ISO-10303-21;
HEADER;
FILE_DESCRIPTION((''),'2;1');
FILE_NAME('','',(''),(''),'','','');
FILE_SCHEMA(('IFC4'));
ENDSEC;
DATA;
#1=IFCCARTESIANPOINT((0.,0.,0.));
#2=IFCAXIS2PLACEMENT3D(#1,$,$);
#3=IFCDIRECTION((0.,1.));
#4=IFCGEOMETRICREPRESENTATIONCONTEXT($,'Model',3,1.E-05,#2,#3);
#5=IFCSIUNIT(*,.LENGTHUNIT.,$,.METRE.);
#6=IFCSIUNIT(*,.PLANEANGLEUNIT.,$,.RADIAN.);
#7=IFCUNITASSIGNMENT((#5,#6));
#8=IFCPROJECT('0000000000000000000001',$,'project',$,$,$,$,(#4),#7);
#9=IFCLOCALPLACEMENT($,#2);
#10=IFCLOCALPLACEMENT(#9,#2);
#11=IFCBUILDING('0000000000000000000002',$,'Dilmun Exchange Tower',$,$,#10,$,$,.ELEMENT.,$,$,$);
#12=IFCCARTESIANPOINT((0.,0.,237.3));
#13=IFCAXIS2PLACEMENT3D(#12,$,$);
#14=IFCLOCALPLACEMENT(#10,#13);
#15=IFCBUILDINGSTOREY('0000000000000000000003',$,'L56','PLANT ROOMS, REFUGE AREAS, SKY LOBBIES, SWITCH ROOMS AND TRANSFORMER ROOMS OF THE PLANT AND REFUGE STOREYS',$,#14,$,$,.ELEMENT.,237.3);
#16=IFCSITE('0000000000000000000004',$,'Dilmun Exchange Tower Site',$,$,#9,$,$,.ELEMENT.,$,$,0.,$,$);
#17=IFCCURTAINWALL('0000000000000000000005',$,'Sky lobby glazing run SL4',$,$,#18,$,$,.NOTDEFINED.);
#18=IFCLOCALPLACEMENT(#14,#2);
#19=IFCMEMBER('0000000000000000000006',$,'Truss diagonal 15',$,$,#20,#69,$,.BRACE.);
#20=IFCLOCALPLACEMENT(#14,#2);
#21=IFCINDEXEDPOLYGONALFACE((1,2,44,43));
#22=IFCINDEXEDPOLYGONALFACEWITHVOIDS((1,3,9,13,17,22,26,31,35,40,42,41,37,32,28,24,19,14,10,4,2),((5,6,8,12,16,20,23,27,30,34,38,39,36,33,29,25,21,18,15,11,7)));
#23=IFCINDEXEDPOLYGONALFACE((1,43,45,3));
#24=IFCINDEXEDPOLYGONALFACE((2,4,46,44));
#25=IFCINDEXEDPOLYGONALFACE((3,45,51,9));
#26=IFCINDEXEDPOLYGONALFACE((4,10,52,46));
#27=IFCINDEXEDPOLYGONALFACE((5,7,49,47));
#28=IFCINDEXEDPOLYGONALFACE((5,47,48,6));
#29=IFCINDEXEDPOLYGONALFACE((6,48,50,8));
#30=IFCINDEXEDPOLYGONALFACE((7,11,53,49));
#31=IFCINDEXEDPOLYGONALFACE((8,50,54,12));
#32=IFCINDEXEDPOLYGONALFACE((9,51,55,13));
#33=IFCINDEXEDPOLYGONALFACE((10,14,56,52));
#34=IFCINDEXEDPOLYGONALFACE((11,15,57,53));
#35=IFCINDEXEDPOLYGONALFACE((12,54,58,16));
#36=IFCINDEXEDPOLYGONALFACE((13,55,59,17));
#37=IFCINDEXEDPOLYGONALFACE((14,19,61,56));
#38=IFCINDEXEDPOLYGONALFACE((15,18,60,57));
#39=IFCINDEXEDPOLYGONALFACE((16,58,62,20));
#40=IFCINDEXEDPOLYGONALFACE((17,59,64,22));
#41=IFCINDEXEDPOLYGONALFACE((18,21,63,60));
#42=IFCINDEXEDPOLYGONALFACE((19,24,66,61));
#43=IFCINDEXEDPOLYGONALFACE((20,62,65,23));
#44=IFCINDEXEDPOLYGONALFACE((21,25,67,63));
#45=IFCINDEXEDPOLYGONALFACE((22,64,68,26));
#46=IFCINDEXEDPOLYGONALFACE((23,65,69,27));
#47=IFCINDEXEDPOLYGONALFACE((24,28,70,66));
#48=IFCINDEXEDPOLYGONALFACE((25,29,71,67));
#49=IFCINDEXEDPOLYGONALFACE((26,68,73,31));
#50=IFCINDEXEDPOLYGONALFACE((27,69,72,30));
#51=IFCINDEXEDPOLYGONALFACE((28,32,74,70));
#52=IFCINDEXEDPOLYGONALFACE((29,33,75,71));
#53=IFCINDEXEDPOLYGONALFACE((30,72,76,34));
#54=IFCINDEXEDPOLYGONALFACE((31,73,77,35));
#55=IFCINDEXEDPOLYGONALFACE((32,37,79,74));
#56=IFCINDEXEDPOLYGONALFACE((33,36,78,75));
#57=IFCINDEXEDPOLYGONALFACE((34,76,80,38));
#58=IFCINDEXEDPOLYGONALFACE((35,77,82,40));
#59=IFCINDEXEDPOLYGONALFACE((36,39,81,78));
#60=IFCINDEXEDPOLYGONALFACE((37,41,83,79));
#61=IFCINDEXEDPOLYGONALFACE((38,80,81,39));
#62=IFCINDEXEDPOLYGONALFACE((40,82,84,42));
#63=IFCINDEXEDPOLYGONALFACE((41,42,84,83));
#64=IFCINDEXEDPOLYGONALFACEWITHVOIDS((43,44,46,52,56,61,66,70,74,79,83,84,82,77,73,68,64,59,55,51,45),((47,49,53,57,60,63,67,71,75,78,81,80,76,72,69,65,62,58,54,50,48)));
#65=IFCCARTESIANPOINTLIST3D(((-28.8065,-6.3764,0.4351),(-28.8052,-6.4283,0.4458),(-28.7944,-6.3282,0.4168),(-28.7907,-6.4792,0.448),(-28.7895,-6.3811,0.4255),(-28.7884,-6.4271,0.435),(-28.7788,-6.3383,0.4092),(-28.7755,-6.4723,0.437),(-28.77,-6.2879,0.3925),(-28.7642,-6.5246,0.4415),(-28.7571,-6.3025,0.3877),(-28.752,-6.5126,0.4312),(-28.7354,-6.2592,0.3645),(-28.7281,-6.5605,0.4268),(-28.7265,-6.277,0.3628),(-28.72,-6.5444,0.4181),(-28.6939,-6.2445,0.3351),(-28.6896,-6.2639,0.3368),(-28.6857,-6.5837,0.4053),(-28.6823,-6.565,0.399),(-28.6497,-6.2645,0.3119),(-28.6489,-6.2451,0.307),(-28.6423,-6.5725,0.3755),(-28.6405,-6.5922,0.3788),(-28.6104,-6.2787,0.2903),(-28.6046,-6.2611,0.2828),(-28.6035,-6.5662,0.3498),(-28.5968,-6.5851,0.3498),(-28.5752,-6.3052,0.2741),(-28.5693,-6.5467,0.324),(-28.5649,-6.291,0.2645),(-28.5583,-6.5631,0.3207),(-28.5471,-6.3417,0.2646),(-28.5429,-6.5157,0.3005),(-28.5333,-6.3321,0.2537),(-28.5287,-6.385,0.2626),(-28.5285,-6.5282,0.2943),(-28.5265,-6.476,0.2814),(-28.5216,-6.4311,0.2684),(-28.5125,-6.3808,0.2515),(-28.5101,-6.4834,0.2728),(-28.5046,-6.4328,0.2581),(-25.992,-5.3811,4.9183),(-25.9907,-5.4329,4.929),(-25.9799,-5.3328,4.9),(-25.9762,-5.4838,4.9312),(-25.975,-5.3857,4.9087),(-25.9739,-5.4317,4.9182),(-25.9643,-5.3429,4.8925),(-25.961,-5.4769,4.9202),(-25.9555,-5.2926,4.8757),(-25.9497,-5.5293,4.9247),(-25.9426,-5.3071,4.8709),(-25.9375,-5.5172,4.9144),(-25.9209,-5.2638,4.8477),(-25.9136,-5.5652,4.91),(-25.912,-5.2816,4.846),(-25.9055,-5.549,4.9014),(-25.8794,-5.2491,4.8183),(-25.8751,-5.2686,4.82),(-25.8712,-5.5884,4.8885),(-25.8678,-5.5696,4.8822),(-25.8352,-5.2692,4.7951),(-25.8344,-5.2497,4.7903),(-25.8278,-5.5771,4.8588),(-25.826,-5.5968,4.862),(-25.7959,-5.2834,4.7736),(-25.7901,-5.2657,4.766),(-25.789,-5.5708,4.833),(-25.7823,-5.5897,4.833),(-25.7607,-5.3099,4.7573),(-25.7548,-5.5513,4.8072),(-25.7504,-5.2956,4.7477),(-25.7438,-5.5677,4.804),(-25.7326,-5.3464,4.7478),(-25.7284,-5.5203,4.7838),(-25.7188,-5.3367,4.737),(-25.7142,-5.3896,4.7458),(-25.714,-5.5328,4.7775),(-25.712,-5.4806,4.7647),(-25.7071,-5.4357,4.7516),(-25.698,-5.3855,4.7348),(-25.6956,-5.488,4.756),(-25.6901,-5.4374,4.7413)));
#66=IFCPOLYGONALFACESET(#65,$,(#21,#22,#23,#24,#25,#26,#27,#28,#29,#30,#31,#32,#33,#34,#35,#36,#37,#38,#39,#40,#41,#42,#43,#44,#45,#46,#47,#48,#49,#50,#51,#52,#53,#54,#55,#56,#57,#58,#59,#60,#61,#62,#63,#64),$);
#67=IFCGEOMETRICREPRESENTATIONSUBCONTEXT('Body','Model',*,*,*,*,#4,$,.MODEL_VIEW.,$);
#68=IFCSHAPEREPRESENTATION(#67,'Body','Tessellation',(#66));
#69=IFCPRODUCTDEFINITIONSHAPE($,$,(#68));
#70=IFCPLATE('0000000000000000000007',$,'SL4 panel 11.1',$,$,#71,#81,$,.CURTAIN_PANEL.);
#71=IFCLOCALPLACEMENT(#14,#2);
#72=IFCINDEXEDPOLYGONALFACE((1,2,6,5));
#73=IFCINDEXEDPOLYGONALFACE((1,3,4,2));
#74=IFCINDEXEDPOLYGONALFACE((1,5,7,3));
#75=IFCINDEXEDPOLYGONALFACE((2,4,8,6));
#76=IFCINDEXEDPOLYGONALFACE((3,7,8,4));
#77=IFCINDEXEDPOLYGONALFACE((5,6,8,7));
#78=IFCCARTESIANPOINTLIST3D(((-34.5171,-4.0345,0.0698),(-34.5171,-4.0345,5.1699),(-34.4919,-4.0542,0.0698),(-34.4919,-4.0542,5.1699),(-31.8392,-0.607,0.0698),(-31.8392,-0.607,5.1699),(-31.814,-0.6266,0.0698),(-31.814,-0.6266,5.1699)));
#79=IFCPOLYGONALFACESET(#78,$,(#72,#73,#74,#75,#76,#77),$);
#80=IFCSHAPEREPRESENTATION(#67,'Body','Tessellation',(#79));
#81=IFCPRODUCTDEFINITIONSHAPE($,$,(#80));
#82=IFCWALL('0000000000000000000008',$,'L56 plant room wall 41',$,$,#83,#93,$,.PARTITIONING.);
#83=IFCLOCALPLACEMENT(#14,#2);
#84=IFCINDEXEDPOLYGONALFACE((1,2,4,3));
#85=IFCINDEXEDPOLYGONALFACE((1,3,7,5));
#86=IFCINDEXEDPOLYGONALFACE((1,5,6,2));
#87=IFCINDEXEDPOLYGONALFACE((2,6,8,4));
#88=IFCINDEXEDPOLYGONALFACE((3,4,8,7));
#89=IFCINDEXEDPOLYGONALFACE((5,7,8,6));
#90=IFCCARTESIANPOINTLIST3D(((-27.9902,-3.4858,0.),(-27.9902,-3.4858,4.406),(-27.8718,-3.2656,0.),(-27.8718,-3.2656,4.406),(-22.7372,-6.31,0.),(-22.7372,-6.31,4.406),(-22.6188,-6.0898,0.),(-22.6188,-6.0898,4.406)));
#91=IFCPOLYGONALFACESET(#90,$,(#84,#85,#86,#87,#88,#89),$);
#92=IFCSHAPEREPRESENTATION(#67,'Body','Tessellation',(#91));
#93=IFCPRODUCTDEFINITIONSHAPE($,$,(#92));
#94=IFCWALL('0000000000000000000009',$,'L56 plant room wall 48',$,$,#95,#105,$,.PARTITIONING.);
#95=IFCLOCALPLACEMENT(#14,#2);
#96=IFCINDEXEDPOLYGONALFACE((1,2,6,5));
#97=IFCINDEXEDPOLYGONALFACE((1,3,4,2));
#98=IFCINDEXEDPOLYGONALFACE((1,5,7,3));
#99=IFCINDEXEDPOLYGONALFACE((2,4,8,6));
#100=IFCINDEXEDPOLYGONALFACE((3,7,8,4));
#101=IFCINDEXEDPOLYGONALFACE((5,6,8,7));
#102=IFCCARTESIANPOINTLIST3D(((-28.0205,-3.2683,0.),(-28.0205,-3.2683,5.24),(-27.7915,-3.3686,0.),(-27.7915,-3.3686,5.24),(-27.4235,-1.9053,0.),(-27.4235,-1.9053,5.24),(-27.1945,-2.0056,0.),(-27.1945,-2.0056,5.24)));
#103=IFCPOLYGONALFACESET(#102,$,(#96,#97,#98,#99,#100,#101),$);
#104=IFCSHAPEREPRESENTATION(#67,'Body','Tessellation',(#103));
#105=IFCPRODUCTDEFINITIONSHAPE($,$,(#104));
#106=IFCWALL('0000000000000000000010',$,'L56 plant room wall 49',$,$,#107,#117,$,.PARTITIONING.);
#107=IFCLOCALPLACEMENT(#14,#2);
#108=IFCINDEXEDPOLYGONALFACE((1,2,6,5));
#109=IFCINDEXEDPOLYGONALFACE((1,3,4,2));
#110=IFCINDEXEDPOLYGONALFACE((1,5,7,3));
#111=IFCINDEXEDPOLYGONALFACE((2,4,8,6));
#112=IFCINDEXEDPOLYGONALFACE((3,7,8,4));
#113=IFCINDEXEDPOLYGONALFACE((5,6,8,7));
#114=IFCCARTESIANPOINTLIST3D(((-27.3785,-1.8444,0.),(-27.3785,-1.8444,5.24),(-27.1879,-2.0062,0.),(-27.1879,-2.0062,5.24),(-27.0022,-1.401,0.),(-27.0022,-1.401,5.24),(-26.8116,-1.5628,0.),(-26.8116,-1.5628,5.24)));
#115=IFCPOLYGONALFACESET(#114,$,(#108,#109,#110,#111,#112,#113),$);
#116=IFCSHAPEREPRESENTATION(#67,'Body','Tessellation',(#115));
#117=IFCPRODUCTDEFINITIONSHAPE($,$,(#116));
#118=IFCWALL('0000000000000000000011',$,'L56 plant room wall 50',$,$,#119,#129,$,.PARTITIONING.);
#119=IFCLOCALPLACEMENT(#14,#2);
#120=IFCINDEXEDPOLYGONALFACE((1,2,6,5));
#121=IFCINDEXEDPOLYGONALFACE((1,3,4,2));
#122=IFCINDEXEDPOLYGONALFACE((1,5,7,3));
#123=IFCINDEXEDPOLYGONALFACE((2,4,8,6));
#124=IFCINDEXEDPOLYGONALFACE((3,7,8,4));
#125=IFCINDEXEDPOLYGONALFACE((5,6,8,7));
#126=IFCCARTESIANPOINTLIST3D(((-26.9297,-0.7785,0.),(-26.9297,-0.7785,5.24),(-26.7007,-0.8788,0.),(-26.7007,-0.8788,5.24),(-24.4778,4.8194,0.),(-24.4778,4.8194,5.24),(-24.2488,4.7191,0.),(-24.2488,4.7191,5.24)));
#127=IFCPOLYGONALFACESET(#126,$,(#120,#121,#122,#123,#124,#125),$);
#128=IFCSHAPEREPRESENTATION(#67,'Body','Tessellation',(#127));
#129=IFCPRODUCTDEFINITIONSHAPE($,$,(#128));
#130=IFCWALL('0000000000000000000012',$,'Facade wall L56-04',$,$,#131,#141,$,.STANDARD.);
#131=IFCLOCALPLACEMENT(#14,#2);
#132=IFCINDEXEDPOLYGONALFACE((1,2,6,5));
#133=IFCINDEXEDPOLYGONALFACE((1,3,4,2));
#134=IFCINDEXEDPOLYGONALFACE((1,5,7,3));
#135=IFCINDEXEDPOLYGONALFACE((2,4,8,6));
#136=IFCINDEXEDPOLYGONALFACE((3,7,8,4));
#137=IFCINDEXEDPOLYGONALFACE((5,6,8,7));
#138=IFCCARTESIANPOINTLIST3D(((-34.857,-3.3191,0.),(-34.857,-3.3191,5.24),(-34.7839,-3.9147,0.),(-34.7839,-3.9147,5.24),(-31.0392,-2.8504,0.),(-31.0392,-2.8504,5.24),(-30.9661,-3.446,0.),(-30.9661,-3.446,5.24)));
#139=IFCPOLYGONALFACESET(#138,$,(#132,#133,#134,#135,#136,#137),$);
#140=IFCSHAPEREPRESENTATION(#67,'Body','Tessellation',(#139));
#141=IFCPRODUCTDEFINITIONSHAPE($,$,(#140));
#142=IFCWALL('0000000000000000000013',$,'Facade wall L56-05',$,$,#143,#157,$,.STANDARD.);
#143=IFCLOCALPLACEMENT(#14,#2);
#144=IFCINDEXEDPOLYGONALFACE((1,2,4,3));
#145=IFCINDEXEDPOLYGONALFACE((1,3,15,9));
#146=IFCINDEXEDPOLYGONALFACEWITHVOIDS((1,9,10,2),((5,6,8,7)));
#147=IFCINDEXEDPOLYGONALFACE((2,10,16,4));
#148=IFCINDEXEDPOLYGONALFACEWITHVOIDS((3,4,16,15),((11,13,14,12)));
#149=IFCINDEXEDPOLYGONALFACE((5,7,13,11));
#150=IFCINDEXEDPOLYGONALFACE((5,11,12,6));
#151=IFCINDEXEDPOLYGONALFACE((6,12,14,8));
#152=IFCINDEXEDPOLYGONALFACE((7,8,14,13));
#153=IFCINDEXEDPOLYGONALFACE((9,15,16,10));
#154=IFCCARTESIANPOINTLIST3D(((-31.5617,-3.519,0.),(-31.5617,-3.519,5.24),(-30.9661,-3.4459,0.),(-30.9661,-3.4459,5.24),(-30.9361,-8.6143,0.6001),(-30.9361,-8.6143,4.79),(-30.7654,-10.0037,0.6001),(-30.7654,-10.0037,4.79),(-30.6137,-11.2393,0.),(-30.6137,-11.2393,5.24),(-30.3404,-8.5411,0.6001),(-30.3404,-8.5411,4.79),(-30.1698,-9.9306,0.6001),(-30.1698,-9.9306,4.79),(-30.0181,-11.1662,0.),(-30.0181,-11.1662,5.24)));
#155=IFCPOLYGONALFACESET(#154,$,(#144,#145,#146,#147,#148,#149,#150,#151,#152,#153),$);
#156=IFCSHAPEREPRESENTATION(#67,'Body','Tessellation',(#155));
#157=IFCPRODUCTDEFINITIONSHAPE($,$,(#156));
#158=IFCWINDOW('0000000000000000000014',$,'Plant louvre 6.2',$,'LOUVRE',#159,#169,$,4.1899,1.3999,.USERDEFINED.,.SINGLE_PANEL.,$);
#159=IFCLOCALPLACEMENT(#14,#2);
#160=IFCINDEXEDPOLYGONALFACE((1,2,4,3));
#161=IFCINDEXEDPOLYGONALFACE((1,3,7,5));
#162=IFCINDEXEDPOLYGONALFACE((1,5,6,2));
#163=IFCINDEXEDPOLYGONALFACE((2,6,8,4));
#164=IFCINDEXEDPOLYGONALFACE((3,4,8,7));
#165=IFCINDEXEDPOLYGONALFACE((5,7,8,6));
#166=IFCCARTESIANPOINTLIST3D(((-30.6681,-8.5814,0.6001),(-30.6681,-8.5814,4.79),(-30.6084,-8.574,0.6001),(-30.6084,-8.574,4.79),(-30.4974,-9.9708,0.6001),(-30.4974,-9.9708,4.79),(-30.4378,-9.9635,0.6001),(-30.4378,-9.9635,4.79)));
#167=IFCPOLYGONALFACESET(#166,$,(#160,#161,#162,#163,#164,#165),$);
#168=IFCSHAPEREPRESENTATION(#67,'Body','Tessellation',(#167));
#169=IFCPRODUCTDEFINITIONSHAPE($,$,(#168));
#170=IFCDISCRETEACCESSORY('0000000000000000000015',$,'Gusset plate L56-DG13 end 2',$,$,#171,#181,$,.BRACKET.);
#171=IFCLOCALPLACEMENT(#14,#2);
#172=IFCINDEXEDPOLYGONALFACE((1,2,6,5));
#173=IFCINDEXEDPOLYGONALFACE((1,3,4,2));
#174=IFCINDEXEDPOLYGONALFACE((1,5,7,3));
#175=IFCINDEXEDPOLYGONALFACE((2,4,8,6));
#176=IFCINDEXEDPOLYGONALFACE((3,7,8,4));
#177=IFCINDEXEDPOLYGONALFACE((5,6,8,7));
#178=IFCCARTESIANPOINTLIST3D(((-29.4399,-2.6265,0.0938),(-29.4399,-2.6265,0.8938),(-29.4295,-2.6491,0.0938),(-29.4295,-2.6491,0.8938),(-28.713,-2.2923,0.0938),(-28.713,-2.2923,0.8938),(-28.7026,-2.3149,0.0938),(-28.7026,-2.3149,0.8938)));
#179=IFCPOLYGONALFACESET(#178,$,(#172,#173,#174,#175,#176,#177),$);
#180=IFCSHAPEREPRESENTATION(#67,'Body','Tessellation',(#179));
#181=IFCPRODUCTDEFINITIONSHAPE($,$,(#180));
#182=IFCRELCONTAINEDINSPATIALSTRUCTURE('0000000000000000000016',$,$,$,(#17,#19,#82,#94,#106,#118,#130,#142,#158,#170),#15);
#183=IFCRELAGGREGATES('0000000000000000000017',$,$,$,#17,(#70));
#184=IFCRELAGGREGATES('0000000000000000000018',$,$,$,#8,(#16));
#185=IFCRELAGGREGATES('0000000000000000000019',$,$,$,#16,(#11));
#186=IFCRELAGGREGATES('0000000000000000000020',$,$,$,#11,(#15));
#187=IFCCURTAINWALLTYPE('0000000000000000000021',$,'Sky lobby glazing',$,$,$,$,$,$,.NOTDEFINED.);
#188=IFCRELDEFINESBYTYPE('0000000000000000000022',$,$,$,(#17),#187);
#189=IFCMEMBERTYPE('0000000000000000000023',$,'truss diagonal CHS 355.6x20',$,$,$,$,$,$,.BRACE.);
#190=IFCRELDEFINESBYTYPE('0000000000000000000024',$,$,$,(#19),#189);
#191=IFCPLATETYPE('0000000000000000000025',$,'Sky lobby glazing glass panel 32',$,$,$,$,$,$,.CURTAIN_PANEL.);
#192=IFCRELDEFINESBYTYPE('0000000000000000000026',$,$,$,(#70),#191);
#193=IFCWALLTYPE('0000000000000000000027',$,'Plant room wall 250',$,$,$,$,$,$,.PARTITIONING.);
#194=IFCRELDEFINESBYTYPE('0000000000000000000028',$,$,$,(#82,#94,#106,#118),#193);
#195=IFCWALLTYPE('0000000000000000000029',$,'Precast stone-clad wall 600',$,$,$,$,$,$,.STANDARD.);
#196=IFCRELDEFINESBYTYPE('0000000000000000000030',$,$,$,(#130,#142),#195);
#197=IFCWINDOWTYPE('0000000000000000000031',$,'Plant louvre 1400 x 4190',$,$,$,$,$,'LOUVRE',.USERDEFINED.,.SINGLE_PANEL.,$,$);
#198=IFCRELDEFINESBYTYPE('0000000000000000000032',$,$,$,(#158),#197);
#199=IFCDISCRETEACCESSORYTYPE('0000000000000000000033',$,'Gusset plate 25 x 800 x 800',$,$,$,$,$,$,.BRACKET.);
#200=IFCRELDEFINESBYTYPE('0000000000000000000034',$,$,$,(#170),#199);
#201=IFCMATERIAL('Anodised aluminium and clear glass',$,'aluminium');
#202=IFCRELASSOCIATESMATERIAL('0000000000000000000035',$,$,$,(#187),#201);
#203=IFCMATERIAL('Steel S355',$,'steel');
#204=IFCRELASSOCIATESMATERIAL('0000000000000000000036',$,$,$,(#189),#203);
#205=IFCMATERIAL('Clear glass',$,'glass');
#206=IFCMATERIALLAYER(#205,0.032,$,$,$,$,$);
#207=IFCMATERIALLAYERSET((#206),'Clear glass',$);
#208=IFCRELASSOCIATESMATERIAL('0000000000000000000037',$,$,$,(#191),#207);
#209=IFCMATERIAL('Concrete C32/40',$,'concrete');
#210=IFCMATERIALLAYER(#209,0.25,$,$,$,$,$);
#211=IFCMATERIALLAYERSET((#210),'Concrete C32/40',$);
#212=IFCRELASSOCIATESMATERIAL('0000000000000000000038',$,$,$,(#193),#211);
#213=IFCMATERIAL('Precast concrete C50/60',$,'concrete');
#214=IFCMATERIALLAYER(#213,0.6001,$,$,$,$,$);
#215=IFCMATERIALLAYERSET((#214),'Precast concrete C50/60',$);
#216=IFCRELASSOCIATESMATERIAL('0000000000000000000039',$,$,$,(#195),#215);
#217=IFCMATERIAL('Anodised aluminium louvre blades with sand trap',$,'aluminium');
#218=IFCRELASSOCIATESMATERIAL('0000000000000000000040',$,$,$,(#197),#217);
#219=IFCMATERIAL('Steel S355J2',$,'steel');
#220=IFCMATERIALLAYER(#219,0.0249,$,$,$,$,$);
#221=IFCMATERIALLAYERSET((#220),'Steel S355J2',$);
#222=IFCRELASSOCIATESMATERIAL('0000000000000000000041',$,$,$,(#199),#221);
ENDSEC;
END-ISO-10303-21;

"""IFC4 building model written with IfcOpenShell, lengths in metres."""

from ifc_helpers import new_model, si_unit, direction, frame, frame_2d, origin, origin_2d, place, context, subcontext, project, spatial, rectangle, hollow_circle, extrude, material, layer, layer_set, material_profile, profile_set, type_object, element, fill, aggregate, save


model = new_model("IFC4")

# Units and contexts
model_context = context("Model", 3, precision=1e-05, world=origin(), true_north=direction((0.0, 1.0)))
body_context = subcontext(model_context, "Body", "Model", "MODEL_VIEW")
ifc_project = project(units=[si_unit("LENGTHUNIT", "METRE"), si_unit("PLANEANGLEUNIT", "RADIAN")], contexts=[model_context])

# Site, building, storey
site_placement = place(None, origin())
site = spatial("IfcSite", under=ifc_project, at=site_placement, Name="Dilmun Exchange Tower Site", CompositionType="ELEMENT", RefElevation=0.0)
building_placement = place(site_placement, origin())
building = spatial("IfcBuilding", under=site, at=building_placement, Name="Dilmun Exchange Tower", CompositionType="ELEMENT")
storey_placement = place(building_placement, frame((0.0, 0.0, 237.3)))
storey = spatial("IfcBuildingStorey", under=building, at=storey_placement, Name="L56", Description="PLANT ROOMS, REFUGE AREAS, SKY LOBBIES, SWITCH ROOMS AND TRANSFORMER ROOMS OF THE PLANT AND REFUGE STOREYS", CompositionType="ELEMENT", Elevation=237.3)

# Curtain wall
ifc_material_1 = material(Name="Anodised aluminium and clear glass", Category="aluminium")
curtain_wall_type = type_object("IfcCurtainWallType", Name="Sky lobby glazing", PredefinedType="NOTDEFINED", material=ifc_material_1)
curtain_wall_placement = place(storey_placement, origin())
curtain_wall = element("IfcCurtainWall", 1, at=curtain_wall_placement, inside=storey, type_object=curtain_wall_type, Name="Sky lobby glazing run SL4", PredefinedType="NOTDEFINED")

# Shared definitions
ifc_material_2 = material(Name="Steel S355", Category="steel")

# Member
ifc_material_profile_1 = material_profile(ifc_material_2, hollow_circle(Radius=0.1777, WallThickness=0.02, at=origin_2d()), Name="CHS 355.6x20")
ifc_profile_set_1 = profile_set([ifc_material_profile_1], Name="Steel S355")
member_type_1 = type_object("IfcMemberType", Name="truss diagonal CHS 355.6x20", PredefinedType="BRACE", material=ifc_profile_set_1)
member_1_placement = place(storey_placement, frame((-25.8416, -5.4221, 4.833), z_axis=(-0.522536, -0.1848, -0.832349), x_axis=(0.333423, -0.942777, 0.0)))
element("IfcMember", 2, at=member_1_placement, inside=storey, type_object=member_type_1, Name="Truss diagonal 15", PredefinedType="BRACE", context=body_context, shape_type="SweptSolid", body=[
    extrude(hollow_circle(Radius=0.1777, WallThickness=0.02, at=origin_2d()), origin(), (0.0, 0.0, 1.0), 5.3862),
])

# Plate
ifc_material_3 = material(Name="Clear glass", Category="glass")
ifc_layer_1 = layer(ifc_material_3, 0.032)
ifc_layer_set_1 = layer_set([ifc_layer_1], Name="Clear glass")
plate_type = type_object("IfcPlateType", Name="Sky lobby glazing glass panel 32", PredefinedType="CURTAIN_PANEL", material=ifc_layer_set_1)
plate_placement = place(storey_placement, frame((-33.1655, -2.3306, 0.0698), z_axis=(0.0, 0.0, 1.0), x_axis=(-0.615662, -0.788011, 0.0)))
plate = element("IfcPlate", 3, at=plate_placement, type_object=plate_type, Name="SL4 panel 11.1", PredefinedType="CURTAIN_PANEL", context=body_context, shape_type="SweptSolid", body=[
    extrude(rectangle(XDim=4.3496, YDim=0.032, at=origin_2d()), origin(), (0.0, 0.0, 1.0), 5.1001),
])
aggregate(curtain_wall, [plate])

# Walls
ifc_material_4 = material(Name="Concrete C32/40", Category="concrete")
ifc_layer_2 = layer(ifc_material_4, 0.25)
ifc_layer_set_2 = layer_set([ifc_layer_2], Name="Concrete C32/40")
wall_type_1 = type_object("IfcWallType", Name="Plant room wall 250", PredefinedType="PARTITIONING", material=ifc_layer_set_2)
wall_1_placement = place(storey_placement, frame((-27.9309, -3.3757, 0.0), z_axis=(0.0, 0.0, 1.0), x_axis=(0.880771, -0.473543, 0.0)))
element("IfcWall", 4, at=wall_1_placement, inside=storey, type_object=wall_type_1, Name="L56 plant room wall 41", PredefinedType="PARTITIONING", context=body_context, shape_type="SweptSolid", body=[
    extrude(rectangle(XDim=5.9641, YDim=0.25, at=frame_2d((2.9819, 0.0))), origin(), (0.0, 0.0, 1.0), 4.406),
])
wall_2_placement = place(storey_placement, frame((-27.906, -3.3186, 0.0), z_axis=(0.0, 0.0, 1.0), x_axis=(0.401154, 0.91601, 0.0)))
element("IfcWall", 5, at=wall_2_placement, inside=storey, type_object=wall_type_1, Name="L56 plant room wall 48", PredefinedType="PARTITIONING", context=body_context, shape_type="SweptSolid", body=[
    extrude(rectangle(XDim=1.488, YDim=0.25, at=frame_2d((0.7441, 0.0))), origin(), (0.0, 0.0, 1.0), 5.24),
])
wall_3_placement = place(storey_placement, frame((-27.2832, -1.9253, 0.0), z_axis=(0.0, 0.0, 1.0), x_axis=(0.647014, 0.762478, 0.0)))
element("IfcWall", 6, at=wall_3_placement, inside=storey, type_object=wall_type_1, Name="L56 plant room wall 49", PredefinedType="PARTITIONING", context=body_context, shape_type="SweptSolid", body=[
    extrude(rectangle(XDim=0.5815, YDim=0.25, at=frame_2d((0.2908, 0.0))), origin(), (0.0, 0.0, 1.0), 5.24),
])
wall_4_placement = place(storey_placement, frame((-26.8152, -0.8286, 0.0), z_axis=(0.0, 0.0, 1.0), x_axis=(0.401206, 0.915988, 0.0)))
element("IfcWall", 7, at=wall_4_placement, inside=storey, type_object=wall_type_1, Name="L56 plant room wall 50", PredefinedType="PARTITIONING", context=body_context, shape_type="SweptSolid", body=[
    extrude(rectangle(XDim=6.1113, YDim=0.25, at=frame_2d((3.0557, 0.0))), origin(), (0.0, 0.0, 1.0), 5.24),
])
ifc_material_5 = material(Name="Precast concrete C50/60", Category="concrete")
ifc_layer_3 = layer(ifc_material_5, 0.6001)
ifc_layer_set_3 = layer_set([ifc_layer_3], Name="Precast concrete C50/60")
wall_type_2 = type_object("IfcWallType", Name="Precast stone-clad wall 600", PredefinedType="STANDARD", material=ifc_layer_set_3)
wall_5_placement = place(storey_placement, frame((-34.8206, -3.6169, 0.0), z_axis=(0.0, 0.0, 1.0), x_axis=(0.992547, 0.121863, 0.0)))
element("IfcWall", 8, at=wall_5_placement, inside=storey, type_object=wall_type_2, Name="Facade wall L56-04", PredefinedType="STANDARD", context=body_context, shape_type="SweptSolid", body=[
    extrude(rectangle(XDim=3.8464, YDim=0.6001, at=frame_2d((1.9233, 0.0))), origin(), (0.0, 0.0, 1.0), 5.24),
])

# Wall, opening, window
wall_6_placement = place(storey_placement, frame((-31.2639, -3.4824, 0.0), z_axis=(0.0, 0.0, 1.0), x_axis=(0.121879, -0.992545, 0.0)))
wall_6 = element("IfcWall", 9, at=wall_6_placement, inside=storey, type_object=wall_type_2, Name="Facade wall L56-05", PredefinedType="STANDARD", context=body_context, shape_type="SweptSolid", body=[
    extrude(rectangle(XDim=7.7783, YDim=0.6001, at=frame_2d((3.8892, 0.0))), origin(), (0.0, 0.0, 1.0), 5.24),
])
opening_placement = place(wall_6_placement, frame((5.1335, 0.0, 0.6001)))
opening = element("IfcOpeningElement", 10, at=opening_placement, cuts=wall_6, PredefinedType="OPENING", context=body_context, shape_type="SweptSolid", body=[
    extrude(rectangle(XDim=1.3999, YDim=4.1899, at=frame_2d((0.7, 2.095))), frame((0.0, 0.3101, 0.0), z_axis=(0.0, -1.0, 0.0), x_axis=(1.0, 0.0, 0.0)), (0.0, 0.0, 1.0), 0.6201),
])
ifc_material_6 = material(Name="Anodised aluminium louvre blades with sand trap", Category="aluminium")
window_type = type_object("IfcWindowType", Name="Plant louvre 1400 x 4190", ElementType="LOUVRE", PartitioningType="SINGLE_PANEL", PredefinedType="USERDEFINED", material=ifc_material_6)
window_placement = place(opening_placement, origin())
window = element("IfcWindow", 11, at=window_placement, inside=storey, type_object=window_type, Name="Plant louvre 6.2", ObjectType="LOUVRE", OverallHeight=4.1899, OverallWidth=1.3999, PartitioningType="SINGLE_PANEL", PredefinedType="USERDEFINED", context=body_context, shape_type="SweptSolid", body=[
    extrude(rectangle(XDim=1.3999, YDim=4.1899, at=frame_2d((0.7, 2.095))), frame((0.0, 0.03, 0.0), z_axis=(0.0, -1.0, 0.0), x_axis=(1.0, 0.0, 0.0)), (0.0, 0.0, 1.0), 0.0601),
])
fill(opening, window)

# Discrete accessory
ifc_material_7 = material(Name="Steel S355J2", Category="steel")
ifc_layer_4 = layer(ifc_material_7, 0.0249)
ifc_layer_set_4 = layer_set([ifc_layer_4], Name="Steel S355J2")
discrete_accessory_type = type_object("IfcDiscreteAccessoryType", Name="Gusset plate 25 x 800 x 800", PredefinedType="BRACKET", material=ifc_layer_set_4)
for number, where, z_axis, x_axis, name in (
    (12, (-29.0713, -2.4707, 0.0938), (0.0, 0.0, 1.0), (-0.90858, -0.417712, 0.0), "Gusset plate L56-DG13 end 2"),
):
    element("IfcDiscreteAccessory", number, at=place(storey_placement, frame(where, z_axis=z_axis, x_axis=x_axis)), inside=storey, type_object=discrete_accessory_type, Name=name, PredefinedType="BRACKET", context=body_context, shape_type="SweptSolid", body=[
        extrude(rectangle(XDim=0.8, YDim=0.0249, at=origin_2d()), origin(), (0.0, 0.0, 1.0), 0.8),
    ])

save(model, "model.ifc")
